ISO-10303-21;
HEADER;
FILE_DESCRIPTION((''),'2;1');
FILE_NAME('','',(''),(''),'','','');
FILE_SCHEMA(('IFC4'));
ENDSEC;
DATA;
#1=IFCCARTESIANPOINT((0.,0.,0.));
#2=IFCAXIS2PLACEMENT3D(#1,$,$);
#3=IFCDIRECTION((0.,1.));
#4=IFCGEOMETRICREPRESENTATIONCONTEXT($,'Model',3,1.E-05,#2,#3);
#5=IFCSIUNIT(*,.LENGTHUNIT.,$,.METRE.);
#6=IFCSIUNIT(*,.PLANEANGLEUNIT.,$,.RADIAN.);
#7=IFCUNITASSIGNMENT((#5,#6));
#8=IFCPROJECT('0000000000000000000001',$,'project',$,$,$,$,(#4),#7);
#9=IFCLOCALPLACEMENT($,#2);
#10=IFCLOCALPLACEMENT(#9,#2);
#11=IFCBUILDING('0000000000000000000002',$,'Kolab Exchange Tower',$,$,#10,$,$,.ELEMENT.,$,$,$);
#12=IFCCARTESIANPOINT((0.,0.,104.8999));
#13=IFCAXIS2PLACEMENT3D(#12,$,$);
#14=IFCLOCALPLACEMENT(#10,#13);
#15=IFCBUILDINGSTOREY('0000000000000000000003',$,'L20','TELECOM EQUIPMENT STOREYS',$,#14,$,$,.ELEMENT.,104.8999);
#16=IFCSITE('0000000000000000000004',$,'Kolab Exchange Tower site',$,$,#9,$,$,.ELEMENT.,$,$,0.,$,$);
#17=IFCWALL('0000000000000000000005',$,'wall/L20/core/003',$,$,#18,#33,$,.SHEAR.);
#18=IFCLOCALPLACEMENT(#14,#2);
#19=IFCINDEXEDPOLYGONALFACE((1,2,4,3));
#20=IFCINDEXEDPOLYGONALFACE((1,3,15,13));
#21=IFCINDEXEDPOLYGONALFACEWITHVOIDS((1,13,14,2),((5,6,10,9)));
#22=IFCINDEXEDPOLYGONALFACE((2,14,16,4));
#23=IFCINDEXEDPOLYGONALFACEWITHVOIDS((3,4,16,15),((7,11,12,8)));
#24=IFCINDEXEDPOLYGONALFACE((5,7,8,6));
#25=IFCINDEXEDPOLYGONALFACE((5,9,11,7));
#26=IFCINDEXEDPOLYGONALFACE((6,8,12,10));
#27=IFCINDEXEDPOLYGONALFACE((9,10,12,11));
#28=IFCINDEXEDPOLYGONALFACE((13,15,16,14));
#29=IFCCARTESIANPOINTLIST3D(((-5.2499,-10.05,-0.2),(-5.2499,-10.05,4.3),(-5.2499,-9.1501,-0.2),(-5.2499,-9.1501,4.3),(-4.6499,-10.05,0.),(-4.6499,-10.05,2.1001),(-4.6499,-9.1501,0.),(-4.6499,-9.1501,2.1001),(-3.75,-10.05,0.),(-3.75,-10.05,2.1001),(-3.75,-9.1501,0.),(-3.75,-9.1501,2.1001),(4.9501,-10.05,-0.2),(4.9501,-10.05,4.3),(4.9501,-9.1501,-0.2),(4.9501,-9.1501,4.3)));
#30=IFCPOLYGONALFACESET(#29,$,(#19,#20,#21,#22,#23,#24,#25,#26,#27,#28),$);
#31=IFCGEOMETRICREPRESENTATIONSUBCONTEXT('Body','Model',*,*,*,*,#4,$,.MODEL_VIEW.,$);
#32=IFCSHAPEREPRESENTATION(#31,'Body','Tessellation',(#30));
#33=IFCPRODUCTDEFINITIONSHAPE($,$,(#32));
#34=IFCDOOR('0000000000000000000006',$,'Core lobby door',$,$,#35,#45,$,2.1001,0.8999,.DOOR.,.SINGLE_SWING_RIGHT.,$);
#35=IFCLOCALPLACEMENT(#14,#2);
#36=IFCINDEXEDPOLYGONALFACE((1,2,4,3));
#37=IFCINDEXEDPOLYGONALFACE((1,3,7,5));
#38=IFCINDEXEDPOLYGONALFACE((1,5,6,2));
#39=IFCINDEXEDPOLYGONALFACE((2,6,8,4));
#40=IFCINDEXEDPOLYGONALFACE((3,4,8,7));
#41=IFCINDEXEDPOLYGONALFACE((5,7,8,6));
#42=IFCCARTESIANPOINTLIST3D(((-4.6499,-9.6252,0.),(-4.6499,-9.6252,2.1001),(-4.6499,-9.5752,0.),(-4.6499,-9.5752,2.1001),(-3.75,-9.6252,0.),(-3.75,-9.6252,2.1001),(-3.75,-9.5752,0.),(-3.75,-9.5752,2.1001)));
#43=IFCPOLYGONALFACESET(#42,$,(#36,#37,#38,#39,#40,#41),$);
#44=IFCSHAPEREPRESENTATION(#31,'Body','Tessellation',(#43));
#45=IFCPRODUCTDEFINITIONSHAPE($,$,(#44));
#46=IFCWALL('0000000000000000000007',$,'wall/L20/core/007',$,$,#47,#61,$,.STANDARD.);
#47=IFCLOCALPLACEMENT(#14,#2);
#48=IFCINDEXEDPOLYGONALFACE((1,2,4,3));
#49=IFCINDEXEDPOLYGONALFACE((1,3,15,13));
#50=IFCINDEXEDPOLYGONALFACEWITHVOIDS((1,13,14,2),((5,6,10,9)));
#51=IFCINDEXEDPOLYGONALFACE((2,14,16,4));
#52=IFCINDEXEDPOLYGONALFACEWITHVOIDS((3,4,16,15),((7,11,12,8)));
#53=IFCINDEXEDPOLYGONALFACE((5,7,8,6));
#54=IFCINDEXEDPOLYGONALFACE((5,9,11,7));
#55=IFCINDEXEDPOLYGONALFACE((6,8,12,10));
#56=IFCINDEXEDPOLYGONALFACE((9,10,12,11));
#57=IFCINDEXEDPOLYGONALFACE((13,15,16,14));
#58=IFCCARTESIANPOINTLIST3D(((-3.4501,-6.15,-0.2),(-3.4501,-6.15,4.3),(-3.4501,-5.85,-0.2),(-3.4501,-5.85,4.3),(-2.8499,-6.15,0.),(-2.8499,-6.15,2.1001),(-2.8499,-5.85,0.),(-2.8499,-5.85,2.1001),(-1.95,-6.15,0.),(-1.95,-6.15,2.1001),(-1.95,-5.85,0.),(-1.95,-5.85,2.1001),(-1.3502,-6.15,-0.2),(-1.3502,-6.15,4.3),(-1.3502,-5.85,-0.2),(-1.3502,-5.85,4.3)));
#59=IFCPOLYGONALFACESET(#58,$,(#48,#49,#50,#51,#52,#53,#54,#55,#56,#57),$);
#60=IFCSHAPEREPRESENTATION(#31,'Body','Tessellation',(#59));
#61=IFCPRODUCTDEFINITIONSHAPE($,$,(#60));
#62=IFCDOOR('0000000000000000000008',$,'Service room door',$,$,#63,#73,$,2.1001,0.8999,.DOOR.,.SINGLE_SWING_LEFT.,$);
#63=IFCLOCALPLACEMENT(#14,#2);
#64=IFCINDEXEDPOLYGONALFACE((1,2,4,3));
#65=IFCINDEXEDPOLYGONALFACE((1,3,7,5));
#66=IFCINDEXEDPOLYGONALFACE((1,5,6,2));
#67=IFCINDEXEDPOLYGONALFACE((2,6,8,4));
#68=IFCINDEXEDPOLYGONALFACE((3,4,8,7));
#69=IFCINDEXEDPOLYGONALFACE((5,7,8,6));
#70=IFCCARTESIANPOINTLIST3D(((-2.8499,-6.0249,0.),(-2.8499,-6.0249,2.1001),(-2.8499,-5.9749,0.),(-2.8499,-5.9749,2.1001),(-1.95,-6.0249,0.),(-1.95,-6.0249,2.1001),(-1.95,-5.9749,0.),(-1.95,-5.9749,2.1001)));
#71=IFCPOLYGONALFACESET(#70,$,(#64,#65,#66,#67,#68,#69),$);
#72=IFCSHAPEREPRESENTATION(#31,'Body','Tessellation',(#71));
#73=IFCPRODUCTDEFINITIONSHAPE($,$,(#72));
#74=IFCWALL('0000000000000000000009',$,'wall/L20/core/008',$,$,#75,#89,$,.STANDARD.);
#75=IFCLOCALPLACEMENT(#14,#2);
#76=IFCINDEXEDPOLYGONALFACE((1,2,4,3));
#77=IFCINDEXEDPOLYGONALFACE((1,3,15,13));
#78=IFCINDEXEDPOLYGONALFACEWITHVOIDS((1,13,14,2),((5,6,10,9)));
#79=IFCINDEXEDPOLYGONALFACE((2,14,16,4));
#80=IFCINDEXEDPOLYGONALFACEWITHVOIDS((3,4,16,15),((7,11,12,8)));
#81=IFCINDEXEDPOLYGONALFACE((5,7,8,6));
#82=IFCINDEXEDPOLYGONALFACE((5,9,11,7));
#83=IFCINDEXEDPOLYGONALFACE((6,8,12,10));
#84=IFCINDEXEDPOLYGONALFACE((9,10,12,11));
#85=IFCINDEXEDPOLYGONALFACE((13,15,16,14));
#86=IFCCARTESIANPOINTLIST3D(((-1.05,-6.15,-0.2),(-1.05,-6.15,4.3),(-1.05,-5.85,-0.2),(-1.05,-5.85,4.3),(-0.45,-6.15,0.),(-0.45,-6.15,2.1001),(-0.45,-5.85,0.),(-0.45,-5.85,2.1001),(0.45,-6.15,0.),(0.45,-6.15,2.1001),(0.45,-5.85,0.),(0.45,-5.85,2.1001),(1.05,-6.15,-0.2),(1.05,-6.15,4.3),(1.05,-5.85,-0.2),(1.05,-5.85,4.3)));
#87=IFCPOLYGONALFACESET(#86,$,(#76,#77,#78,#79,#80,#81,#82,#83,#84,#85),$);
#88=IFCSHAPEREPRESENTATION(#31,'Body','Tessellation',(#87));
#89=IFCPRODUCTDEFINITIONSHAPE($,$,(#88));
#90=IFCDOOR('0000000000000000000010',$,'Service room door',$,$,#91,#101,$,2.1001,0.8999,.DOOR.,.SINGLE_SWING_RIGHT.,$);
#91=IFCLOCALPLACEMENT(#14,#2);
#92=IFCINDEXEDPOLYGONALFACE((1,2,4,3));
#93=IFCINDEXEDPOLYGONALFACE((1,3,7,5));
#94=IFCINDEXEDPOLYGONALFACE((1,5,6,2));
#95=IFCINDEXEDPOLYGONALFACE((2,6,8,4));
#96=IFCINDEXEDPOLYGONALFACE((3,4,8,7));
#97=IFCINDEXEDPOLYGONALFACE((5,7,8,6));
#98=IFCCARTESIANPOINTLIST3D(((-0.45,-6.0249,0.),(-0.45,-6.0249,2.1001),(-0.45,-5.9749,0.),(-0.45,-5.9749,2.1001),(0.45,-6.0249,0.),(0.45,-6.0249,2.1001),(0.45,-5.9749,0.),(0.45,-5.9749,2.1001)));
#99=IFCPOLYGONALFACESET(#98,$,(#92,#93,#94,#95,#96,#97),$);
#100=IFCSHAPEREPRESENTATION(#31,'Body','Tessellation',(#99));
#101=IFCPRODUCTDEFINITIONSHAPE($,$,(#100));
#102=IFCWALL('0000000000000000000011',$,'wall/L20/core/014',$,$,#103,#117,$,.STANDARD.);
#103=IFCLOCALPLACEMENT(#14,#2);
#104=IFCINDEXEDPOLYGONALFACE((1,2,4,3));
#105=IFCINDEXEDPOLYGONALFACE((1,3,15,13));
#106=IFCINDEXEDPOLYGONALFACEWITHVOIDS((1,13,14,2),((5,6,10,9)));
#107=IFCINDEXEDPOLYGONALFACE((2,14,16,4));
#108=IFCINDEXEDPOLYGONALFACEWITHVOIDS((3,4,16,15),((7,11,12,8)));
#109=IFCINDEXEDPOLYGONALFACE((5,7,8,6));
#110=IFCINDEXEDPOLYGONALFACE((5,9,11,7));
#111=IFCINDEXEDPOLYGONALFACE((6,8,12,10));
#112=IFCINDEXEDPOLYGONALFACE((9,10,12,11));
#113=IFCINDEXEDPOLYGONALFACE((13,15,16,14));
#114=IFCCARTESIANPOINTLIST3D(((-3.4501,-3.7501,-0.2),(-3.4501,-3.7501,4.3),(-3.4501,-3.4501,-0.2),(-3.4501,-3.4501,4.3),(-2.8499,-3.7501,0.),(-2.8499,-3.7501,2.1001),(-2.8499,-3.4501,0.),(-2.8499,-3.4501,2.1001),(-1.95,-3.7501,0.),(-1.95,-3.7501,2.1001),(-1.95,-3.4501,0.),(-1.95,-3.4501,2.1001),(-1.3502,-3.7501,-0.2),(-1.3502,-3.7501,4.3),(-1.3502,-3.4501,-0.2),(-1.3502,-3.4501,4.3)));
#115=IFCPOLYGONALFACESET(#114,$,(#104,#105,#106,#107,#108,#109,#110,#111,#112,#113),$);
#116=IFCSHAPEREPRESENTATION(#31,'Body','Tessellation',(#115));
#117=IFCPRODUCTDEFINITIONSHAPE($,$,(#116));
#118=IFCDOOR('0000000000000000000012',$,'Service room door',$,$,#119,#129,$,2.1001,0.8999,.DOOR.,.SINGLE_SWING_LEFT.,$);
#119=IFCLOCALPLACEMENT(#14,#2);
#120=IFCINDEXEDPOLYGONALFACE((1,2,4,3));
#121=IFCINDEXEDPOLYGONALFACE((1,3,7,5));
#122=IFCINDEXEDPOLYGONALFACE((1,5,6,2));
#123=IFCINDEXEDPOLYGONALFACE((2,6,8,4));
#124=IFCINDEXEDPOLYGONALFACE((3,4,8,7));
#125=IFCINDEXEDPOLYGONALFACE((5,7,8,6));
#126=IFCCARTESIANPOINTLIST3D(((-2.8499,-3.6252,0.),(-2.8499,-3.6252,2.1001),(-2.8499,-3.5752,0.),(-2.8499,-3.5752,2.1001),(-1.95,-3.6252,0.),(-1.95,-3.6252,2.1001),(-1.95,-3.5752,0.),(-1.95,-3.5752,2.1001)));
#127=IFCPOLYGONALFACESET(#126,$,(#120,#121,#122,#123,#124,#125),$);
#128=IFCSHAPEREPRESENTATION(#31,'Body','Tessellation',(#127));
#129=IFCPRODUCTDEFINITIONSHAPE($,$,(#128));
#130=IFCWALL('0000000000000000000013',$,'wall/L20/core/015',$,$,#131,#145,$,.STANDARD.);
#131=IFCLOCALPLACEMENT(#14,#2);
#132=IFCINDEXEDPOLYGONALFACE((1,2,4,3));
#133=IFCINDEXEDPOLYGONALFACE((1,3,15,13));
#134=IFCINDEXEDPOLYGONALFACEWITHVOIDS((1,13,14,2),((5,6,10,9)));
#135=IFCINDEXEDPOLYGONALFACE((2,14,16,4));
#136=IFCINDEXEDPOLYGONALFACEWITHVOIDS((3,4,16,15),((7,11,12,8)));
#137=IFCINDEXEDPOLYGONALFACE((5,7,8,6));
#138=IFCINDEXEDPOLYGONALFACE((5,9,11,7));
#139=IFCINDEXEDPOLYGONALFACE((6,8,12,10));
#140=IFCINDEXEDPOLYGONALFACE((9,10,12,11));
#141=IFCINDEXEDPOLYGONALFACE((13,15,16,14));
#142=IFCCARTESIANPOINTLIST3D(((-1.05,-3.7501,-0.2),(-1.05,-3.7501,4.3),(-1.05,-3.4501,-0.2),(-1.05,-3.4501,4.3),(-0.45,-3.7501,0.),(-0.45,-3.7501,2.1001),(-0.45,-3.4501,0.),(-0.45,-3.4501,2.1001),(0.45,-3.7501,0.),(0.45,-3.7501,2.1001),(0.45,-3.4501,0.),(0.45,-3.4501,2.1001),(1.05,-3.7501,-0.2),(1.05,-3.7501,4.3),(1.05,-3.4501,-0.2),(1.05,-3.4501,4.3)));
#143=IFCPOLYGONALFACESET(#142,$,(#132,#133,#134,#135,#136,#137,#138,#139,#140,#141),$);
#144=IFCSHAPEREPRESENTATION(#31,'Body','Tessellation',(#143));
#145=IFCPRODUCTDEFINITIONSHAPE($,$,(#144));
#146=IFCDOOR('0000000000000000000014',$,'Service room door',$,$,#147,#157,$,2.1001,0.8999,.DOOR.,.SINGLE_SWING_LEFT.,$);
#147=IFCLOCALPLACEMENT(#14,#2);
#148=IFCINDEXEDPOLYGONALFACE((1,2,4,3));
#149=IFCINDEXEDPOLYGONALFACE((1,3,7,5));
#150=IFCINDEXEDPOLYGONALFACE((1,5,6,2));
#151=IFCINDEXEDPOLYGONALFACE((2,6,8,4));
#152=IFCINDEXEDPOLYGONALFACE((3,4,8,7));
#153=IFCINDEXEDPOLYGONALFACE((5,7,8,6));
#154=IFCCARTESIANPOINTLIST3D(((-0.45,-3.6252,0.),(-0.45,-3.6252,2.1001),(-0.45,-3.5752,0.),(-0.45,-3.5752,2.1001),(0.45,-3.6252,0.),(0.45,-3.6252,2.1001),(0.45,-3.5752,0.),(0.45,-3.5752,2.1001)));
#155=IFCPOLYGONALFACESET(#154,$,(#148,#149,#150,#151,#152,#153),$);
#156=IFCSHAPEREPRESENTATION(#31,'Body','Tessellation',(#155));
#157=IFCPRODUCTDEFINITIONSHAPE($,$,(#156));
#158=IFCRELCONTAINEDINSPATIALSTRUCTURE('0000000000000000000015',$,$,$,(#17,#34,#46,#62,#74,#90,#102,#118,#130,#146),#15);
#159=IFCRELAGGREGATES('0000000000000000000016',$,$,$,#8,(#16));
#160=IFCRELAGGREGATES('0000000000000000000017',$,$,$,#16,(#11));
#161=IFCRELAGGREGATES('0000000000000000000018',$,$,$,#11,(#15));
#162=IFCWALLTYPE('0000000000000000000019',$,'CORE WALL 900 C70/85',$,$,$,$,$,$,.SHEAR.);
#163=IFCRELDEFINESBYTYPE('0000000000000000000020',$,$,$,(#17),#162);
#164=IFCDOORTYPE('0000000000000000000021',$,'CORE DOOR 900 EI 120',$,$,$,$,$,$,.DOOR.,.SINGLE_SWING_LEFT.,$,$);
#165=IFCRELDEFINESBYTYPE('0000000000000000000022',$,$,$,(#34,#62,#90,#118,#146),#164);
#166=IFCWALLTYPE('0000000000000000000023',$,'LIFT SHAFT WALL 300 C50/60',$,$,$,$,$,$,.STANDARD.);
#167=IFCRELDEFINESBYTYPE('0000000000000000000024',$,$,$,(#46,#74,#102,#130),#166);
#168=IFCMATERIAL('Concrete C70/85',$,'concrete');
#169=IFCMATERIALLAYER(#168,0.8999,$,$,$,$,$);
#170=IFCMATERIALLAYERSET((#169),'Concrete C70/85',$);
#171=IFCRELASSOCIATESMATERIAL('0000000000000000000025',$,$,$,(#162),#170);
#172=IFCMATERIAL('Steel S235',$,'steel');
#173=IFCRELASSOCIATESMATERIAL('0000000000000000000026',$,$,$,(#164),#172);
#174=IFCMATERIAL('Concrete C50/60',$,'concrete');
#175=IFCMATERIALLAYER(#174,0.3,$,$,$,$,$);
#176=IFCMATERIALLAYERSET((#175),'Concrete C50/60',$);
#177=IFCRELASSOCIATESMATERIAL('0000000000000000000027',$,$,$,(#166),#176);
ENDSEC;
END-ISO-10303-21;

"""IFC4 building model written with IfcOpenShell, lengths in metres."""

from ifc_helpers import new_model, si_unit, direction, frame, frame_2d, origin, place, context, subcontext, project, spatial, rectangle, extrude, material, layer, layer_set, type_object, element, fill, save


model = new_model("IFC4")

# Units and contexts
model_context = context("Model", 3, precision=1e-05, world=origin(), true_north=direction((0.0, 1.0)))
body_context = subcontext(model_context, "Body", "Model", "MODEL_VIEW")
ifc_project = project(units=[si_unit("LENGTHUNIT", "METRE"), si_unit("PLANEANGLEUNIT", "RADIAN")], contexts=[model_context])

# Site, building, storey
site_placement = place(None, origin())
site = spatial("IfcSite", under=ifc_project, at=site_placement, Name="Kolab Exchange Tower site", CompositionType="ELEMENT", RefElevation=0.0)
building_placement = place(site_placement, origin())
building = spatial("IfcBuilding", under=site, at=building_placement, Name="Kolab Exchange Tower", CompositionType="ELEMENT")
storey_placement = place(building_placement, frame((0.0, 0.0, 104.8999)))
storey = spatial("IfcBuildingStorey", under=building, at=storey_placement, Name="L20", Description="TELECOM EQUIPMENT STOREYS", CompositionType="ELEMENT", Elevation=104.8999)

# Walls, openings, doors
ifc_material_1 = material(Name="Concrete C70/85", Category="concrete")
ifc_layer_1 = layer(ifc_material_1, 0.8999)
ifc_layer_set_1 = layer_set([ifc_layer_1], Name="Concrete C70/85")
wall_type_1 = type_object("IfcWallType", Name="CORE WALL 900 C70/85", PredefinedType="SHEAR", material=ifc_layer_set_1)
wall_1_placement = place(storey_placement, frame((-5.25, -9.6001, -0.2), z_axis=(0.0, 0.0, 1.0), x_axis=(1.0, 0.0, 0.0)))
wall_1 = element("IfcWall", 1, at=wall_1_placement, inside=storey, type_object=wall_type_1, Name="wall/L20/core/003", PredefinedType="SHEAR", context=body_context, shape_type="SweptSolid", body=[
    extrude(rectangle(XDim=10.2, YDim=0.8999, at=frame_2d((5.1001, 0.0))), origin(), (0.0, 0.0, 1.0), 4.5),
])
opening_1_placement = place(wall_1_placement, frame((0.6001, 0.0, 0.2)))
opening_1 = element("IfcOpeningElement", 2, at=opening_1_placement, cuts=wall_1, PredefinedType="OPENING", context=body_context, shape_type="SweptSolid", body=[
    extrude(rectangle(XDim=0.8999, YDim=2.1001, at=frame_2d((0.45, 1.05))), frame((0.0, 0.46, 0.0), z_axis=(0.0, -1.0, 0.0), x_axis=(1.0, 0.0, 0.0)), (0.0, 0.0, 1.0), 0.9199),
])
ifc_material_2 = material(Name="Steel S235", Category="steel")
door_type_1 = type_object("IfcDoorType", Name="CORE DOOR 900 EI 120", OperationType="SINGLE_SWING_LEFT", PredefinedType="DOOR", material=ifc_material_2)
door_1_placement = place(opening_1_placement, origin())
door_1 = element("IfcDoor", 3, at=door_1_placement, inside=storey, type_object=door_type_1, Name="Core lobby door", OperationType="SINGLE_SWING_RIGHT", OverallHeight=2.1001, OverallWidth=0.8999, PredefinedType="DOOR", context=body_context, shape_type="SweptSolid", body=[
    extrude(rectangle(XDim=0.8999, YDim=2.1001, at=frame_2d((0.45, 1.05))), frame((0.0, 0.0249, 0.0), z_axis=(0.0, -1.0, 0.0), x_axis=(1.0, 0.0, 0.0)), (0.0, 0.0, 1.0), 0.05),
])
fill(opening_1, door_1)
ifc_material_3 = material(Name="Concrete C50/60", Category="concrete")
ifc_layer_2 = layer(ifc_material_3, 0.3)
ifc_layer_set_2 = layer_set([ifc_layer_2], Name="Concrete C50/60")
wall_type_2 = type_object("IfcWallType", Name="LIFT SHAFT WALL 300 C50/60", PredefinedType="STANDARD", material=ifc_layer_set_2)
wall_2_placement = place(storey_placement, frame((-3.45, -6.0, -0.2), z_axis=(0.0, 0.0, 1.0), x_axis=(1.0, 0.0, 0.0)))
wall_2 = element("IfcWall", 4, at=wall_2_placement, inside=storey, type_object=wall_type_2, Name="wall/L20/core/007", PredefinedType="STANDARD", context=body_context, shape_type="SweptSolid", body=[
    extrude(rectangle(XDim=2.0999, YDim=0.3, at=frame_2d((1.0498, 0.0))), origin(), (0.0, 0.0, 1.0), 4.5),
])
opening_2_placement = place(wall_2_placement, frame((0.6001, 0.0, 0.2)))
opening_2 = element("IfcOpeningElement", 5, at=opening_2_placement, cuts=wall_2, PredefinedType="OPENING", context=body_context, shape_type="SweptSolid", body=[
    extrude(rectangle(XDim=0.8999, YDim=2.1001, at=frame_2d((0.45, 1.05))), frame((0.0, 0.1602, 0.0), z_axis=(0.0, -1.0, 0.0), x_axis=(1.0, 0.0, 0.0)), (0.0, 0.0, 1.0), 0.3201),
])
door_2_placement = place(opening_2_placement, frame((0.8999, 0.0, 0.0), z_axis=(0.0, 0.0, 1.0), x_axis=(-1.0, 0.0, 0.0)))
door_2 = element("IfcDoor", 6, at=door_2_placement, inside=storey, type_object=door_type_1, Name="Service room door", OperationType="SINGLE_SWING_LEFT", OverallHeight=2.1001, OverallWidth=0.8999, PredefinedType="DOOR", context=body_context, shape_type="SweptSolid", body=[
    extrude(rectangle(XDim=0.8999, YDim=2.1001, at=frame_2d((0.45, 1.05))), frame((0.0, 0.0249, 0.0), z_axis=(0.0, -1.0, 0.0), x_axis=(1.0, 0.0, 0.0)), (0.0, 0.0, 1.0), 0.05),
])
fill(opening_2, door_2)
wall_3_placement = place(storey_placement, frame((-1.05, -6.0, -0.2), z_axis=(0.0, 0.0, 1.0), x_axis=(1.0, 0.0, 0.0)))
wall_3 = element("IfcWall", 7, at=wall_3_placement, inside=storey, type_object=wall_type_2, Name="wall/L20/core/008", PredefinedType="STANDARD", context=body_context, shape_type="SweptSolid", body=[
    extrude(rectangle(XDim=2.1001, YDim=0.3, at=frame_2d((1.05, 0.0))), origin(), (0.0, 0.0, 1.0), 4.5),
])
opening_3_placement = place(wall_3_placement, frame((0.6001, 0.0, 0.2)))
opening_3 = element("IfcOpeningElement", 8, at=opening_3_placement, cuts=wall_3, PredefinedType="OPENING", context=body_context, shape_type="SweptSolid", body=[
    extrude(rectangle(XDim=0.8999, YDim=2.1001, at=frame_2d((0.45, 1.05))), frame((0.0, 0.1602, 0.0), z_axis=(0.0, -1.0, 0.0), x_axis=(1.0, 0.0, 0.0)), (0.0, 0.0, 1.0), 0.3201),
])
door_3_placement = place(opening_3_placement, frame((0.8999, 0.0, 0.0), z_axis=(0.0, 0.0, 1.0), x_axis=(-1.0, 0.0, 0.0)))
door_3 = element("IfcDoor", 9, at=door_3_placement, inside=storey, type_object=door_type_1, Name="Service room door", OperationType="SINGLE_SWING_RIGHT", OverallHeight=2.1001, OverallWidth=0.8999, PredefinedType="DOOR", context=body_context, shape_type="SweptSolid", body=[
    extrude(rectangle(XDim=0.8999, YDim=2.1001, at=frame_2d((0.45, 1.05))), frame((0.0, 0.0249, 0.0), z_axis=(0.0, -1.0, 0.0), x_axis=(1.0, 0.0, 0.0)), (0.0, 0.0, 1.0), 0.05),
])
fill(opening_3, door_3)
wall_4_placement = place(storey_placement, frame((-3.45, -3.6001, -0.2), z_axis=(0.0, 0.0, 1.0), x_axis=(1.0, 0.0, 0.0)))
wall_4 = element("IfcWall", 10, at=wall_4_placement, inside=storey, type_object=wall_type_2, Name="wall/L20/core/014", PredefinedType="STANDARD", context=body_context, shape_type="SweptSolid", body=[
    extrude(rectangle(XDim=2.0999, YDim=0.3, at=frame_2d((1.0498, 0.0))), origin(), (0.0, 0.0, 1.0), 4.5),
])
opening_4_placement = place(wall_4_placement, frame((0.6001, 0.0, 0.2)))
opening_4 = element("IfcOpeningElement", 11, at=opening_4_placement, cuts=wall_4, PredefinedType="OPENING", context=body_context, shape_type="SweptSolid", body=[
    extrude(rectangle(XDim=0.8999, YDim=2.1001, at=frame_2d((0.45, 1.05))), frame((0.0, 0.1602, 0.0), z_axis=(0.0, -1.0, 0.0), x_axis=(1.0, 0.0, 0.0)), (0.0, 0.0, 1.0), 0.3201),
])
door_4_placement = place(opening_4_placement, origin())
door_4 = element("IfcDoor", 12, at=door_4_placement, inside=storey, type_object=door_type_1, Name="Service room door", OperationType="SINGLE_SWING_LEFT", OverallHeight=2.1001, OverallWidth=0.8999, PredefinedType="DOOR", context=body_context, shape_type="SweptSolid", body=[
    extrude(rectangle(XDim=0.8999, YDim=2.1001, at=frame_2d((0.45, 1.05))), frame((0.0, 0.0249, 0.0), z_axis=(0.0, -1.0, 0.0), x_axis=(1.0, 0.0, 0.0)), (0.0, 0.0, 1.0), 0.05),
])
fill(opening_4, door_4)
wall_5_placement = place(storey_placement, frame((-1.05, -3.6001, -0.2), z_axis=(0.0, 0.0, 1.0), x_axis=(1.0, 0.0, 0.0)))
wall_5 = element("IfcWall", 13, at=wall_5_placement, inside=storey, type_object=wall_type_2, Name="wall/L20/core/015", PredefinedType="STANDARD", context=body_context, shape_type="SweptSolid", body=[
    extrude(rectangle(XDim=2.1001, YDim=0.3, at=frame_2d((1.05, 0.0))), origin(), (0.0, 0.0, 1.0), 4.5),
])
opening_5_placement = place(wall_5_placement, frame((0.6001, 0.0, 0.2)))
opening_5 = element("IfcOpeningElement", 14, at=opening_5_placement, cuts=wall_5, PredefinedType="OPENING", context=body_context, shape_type="SweptSolid", body=[
    extrude(rectangle(XDim=0.8999, YDim=2.1001, at=frame_2d((0.45, 1.05))), frame((0.0, 0.1602, 0.0), z_axis=(0.0, -1.0, 0.0), x_axis=(1.0, 0.0, 0.0)), (0.0, 0.0, 1.0), 0.3201),
])
door_5_placement = place(opening_5_placement, origin())
door_5 = element("IfcDoor", 15, at=door_5_placement, inside=storey, type_object=door_type_1, Name="Service room door", OperationType="SINGLE_SWING_LEFT", OverallHeight=2.1001, OverallWidth=0.8999, PredefinedType="DOOR", context=body_context, shape_type="SweptSolid", body=[
    extrude(rectangle(XDim=0.8999, YDim=2.1001, at=frame_2d((0.45, 1.05))), frame((0.0, 0.0249, 0.0), z_axis=(0.0, -1.0, 0.0), x_axis=(1.0, 0.0, 0.0)), (0.0, 0.0, 1.0), 0.05),
])
fill(opening_5, door_5)

save(model, "model.ifc")
